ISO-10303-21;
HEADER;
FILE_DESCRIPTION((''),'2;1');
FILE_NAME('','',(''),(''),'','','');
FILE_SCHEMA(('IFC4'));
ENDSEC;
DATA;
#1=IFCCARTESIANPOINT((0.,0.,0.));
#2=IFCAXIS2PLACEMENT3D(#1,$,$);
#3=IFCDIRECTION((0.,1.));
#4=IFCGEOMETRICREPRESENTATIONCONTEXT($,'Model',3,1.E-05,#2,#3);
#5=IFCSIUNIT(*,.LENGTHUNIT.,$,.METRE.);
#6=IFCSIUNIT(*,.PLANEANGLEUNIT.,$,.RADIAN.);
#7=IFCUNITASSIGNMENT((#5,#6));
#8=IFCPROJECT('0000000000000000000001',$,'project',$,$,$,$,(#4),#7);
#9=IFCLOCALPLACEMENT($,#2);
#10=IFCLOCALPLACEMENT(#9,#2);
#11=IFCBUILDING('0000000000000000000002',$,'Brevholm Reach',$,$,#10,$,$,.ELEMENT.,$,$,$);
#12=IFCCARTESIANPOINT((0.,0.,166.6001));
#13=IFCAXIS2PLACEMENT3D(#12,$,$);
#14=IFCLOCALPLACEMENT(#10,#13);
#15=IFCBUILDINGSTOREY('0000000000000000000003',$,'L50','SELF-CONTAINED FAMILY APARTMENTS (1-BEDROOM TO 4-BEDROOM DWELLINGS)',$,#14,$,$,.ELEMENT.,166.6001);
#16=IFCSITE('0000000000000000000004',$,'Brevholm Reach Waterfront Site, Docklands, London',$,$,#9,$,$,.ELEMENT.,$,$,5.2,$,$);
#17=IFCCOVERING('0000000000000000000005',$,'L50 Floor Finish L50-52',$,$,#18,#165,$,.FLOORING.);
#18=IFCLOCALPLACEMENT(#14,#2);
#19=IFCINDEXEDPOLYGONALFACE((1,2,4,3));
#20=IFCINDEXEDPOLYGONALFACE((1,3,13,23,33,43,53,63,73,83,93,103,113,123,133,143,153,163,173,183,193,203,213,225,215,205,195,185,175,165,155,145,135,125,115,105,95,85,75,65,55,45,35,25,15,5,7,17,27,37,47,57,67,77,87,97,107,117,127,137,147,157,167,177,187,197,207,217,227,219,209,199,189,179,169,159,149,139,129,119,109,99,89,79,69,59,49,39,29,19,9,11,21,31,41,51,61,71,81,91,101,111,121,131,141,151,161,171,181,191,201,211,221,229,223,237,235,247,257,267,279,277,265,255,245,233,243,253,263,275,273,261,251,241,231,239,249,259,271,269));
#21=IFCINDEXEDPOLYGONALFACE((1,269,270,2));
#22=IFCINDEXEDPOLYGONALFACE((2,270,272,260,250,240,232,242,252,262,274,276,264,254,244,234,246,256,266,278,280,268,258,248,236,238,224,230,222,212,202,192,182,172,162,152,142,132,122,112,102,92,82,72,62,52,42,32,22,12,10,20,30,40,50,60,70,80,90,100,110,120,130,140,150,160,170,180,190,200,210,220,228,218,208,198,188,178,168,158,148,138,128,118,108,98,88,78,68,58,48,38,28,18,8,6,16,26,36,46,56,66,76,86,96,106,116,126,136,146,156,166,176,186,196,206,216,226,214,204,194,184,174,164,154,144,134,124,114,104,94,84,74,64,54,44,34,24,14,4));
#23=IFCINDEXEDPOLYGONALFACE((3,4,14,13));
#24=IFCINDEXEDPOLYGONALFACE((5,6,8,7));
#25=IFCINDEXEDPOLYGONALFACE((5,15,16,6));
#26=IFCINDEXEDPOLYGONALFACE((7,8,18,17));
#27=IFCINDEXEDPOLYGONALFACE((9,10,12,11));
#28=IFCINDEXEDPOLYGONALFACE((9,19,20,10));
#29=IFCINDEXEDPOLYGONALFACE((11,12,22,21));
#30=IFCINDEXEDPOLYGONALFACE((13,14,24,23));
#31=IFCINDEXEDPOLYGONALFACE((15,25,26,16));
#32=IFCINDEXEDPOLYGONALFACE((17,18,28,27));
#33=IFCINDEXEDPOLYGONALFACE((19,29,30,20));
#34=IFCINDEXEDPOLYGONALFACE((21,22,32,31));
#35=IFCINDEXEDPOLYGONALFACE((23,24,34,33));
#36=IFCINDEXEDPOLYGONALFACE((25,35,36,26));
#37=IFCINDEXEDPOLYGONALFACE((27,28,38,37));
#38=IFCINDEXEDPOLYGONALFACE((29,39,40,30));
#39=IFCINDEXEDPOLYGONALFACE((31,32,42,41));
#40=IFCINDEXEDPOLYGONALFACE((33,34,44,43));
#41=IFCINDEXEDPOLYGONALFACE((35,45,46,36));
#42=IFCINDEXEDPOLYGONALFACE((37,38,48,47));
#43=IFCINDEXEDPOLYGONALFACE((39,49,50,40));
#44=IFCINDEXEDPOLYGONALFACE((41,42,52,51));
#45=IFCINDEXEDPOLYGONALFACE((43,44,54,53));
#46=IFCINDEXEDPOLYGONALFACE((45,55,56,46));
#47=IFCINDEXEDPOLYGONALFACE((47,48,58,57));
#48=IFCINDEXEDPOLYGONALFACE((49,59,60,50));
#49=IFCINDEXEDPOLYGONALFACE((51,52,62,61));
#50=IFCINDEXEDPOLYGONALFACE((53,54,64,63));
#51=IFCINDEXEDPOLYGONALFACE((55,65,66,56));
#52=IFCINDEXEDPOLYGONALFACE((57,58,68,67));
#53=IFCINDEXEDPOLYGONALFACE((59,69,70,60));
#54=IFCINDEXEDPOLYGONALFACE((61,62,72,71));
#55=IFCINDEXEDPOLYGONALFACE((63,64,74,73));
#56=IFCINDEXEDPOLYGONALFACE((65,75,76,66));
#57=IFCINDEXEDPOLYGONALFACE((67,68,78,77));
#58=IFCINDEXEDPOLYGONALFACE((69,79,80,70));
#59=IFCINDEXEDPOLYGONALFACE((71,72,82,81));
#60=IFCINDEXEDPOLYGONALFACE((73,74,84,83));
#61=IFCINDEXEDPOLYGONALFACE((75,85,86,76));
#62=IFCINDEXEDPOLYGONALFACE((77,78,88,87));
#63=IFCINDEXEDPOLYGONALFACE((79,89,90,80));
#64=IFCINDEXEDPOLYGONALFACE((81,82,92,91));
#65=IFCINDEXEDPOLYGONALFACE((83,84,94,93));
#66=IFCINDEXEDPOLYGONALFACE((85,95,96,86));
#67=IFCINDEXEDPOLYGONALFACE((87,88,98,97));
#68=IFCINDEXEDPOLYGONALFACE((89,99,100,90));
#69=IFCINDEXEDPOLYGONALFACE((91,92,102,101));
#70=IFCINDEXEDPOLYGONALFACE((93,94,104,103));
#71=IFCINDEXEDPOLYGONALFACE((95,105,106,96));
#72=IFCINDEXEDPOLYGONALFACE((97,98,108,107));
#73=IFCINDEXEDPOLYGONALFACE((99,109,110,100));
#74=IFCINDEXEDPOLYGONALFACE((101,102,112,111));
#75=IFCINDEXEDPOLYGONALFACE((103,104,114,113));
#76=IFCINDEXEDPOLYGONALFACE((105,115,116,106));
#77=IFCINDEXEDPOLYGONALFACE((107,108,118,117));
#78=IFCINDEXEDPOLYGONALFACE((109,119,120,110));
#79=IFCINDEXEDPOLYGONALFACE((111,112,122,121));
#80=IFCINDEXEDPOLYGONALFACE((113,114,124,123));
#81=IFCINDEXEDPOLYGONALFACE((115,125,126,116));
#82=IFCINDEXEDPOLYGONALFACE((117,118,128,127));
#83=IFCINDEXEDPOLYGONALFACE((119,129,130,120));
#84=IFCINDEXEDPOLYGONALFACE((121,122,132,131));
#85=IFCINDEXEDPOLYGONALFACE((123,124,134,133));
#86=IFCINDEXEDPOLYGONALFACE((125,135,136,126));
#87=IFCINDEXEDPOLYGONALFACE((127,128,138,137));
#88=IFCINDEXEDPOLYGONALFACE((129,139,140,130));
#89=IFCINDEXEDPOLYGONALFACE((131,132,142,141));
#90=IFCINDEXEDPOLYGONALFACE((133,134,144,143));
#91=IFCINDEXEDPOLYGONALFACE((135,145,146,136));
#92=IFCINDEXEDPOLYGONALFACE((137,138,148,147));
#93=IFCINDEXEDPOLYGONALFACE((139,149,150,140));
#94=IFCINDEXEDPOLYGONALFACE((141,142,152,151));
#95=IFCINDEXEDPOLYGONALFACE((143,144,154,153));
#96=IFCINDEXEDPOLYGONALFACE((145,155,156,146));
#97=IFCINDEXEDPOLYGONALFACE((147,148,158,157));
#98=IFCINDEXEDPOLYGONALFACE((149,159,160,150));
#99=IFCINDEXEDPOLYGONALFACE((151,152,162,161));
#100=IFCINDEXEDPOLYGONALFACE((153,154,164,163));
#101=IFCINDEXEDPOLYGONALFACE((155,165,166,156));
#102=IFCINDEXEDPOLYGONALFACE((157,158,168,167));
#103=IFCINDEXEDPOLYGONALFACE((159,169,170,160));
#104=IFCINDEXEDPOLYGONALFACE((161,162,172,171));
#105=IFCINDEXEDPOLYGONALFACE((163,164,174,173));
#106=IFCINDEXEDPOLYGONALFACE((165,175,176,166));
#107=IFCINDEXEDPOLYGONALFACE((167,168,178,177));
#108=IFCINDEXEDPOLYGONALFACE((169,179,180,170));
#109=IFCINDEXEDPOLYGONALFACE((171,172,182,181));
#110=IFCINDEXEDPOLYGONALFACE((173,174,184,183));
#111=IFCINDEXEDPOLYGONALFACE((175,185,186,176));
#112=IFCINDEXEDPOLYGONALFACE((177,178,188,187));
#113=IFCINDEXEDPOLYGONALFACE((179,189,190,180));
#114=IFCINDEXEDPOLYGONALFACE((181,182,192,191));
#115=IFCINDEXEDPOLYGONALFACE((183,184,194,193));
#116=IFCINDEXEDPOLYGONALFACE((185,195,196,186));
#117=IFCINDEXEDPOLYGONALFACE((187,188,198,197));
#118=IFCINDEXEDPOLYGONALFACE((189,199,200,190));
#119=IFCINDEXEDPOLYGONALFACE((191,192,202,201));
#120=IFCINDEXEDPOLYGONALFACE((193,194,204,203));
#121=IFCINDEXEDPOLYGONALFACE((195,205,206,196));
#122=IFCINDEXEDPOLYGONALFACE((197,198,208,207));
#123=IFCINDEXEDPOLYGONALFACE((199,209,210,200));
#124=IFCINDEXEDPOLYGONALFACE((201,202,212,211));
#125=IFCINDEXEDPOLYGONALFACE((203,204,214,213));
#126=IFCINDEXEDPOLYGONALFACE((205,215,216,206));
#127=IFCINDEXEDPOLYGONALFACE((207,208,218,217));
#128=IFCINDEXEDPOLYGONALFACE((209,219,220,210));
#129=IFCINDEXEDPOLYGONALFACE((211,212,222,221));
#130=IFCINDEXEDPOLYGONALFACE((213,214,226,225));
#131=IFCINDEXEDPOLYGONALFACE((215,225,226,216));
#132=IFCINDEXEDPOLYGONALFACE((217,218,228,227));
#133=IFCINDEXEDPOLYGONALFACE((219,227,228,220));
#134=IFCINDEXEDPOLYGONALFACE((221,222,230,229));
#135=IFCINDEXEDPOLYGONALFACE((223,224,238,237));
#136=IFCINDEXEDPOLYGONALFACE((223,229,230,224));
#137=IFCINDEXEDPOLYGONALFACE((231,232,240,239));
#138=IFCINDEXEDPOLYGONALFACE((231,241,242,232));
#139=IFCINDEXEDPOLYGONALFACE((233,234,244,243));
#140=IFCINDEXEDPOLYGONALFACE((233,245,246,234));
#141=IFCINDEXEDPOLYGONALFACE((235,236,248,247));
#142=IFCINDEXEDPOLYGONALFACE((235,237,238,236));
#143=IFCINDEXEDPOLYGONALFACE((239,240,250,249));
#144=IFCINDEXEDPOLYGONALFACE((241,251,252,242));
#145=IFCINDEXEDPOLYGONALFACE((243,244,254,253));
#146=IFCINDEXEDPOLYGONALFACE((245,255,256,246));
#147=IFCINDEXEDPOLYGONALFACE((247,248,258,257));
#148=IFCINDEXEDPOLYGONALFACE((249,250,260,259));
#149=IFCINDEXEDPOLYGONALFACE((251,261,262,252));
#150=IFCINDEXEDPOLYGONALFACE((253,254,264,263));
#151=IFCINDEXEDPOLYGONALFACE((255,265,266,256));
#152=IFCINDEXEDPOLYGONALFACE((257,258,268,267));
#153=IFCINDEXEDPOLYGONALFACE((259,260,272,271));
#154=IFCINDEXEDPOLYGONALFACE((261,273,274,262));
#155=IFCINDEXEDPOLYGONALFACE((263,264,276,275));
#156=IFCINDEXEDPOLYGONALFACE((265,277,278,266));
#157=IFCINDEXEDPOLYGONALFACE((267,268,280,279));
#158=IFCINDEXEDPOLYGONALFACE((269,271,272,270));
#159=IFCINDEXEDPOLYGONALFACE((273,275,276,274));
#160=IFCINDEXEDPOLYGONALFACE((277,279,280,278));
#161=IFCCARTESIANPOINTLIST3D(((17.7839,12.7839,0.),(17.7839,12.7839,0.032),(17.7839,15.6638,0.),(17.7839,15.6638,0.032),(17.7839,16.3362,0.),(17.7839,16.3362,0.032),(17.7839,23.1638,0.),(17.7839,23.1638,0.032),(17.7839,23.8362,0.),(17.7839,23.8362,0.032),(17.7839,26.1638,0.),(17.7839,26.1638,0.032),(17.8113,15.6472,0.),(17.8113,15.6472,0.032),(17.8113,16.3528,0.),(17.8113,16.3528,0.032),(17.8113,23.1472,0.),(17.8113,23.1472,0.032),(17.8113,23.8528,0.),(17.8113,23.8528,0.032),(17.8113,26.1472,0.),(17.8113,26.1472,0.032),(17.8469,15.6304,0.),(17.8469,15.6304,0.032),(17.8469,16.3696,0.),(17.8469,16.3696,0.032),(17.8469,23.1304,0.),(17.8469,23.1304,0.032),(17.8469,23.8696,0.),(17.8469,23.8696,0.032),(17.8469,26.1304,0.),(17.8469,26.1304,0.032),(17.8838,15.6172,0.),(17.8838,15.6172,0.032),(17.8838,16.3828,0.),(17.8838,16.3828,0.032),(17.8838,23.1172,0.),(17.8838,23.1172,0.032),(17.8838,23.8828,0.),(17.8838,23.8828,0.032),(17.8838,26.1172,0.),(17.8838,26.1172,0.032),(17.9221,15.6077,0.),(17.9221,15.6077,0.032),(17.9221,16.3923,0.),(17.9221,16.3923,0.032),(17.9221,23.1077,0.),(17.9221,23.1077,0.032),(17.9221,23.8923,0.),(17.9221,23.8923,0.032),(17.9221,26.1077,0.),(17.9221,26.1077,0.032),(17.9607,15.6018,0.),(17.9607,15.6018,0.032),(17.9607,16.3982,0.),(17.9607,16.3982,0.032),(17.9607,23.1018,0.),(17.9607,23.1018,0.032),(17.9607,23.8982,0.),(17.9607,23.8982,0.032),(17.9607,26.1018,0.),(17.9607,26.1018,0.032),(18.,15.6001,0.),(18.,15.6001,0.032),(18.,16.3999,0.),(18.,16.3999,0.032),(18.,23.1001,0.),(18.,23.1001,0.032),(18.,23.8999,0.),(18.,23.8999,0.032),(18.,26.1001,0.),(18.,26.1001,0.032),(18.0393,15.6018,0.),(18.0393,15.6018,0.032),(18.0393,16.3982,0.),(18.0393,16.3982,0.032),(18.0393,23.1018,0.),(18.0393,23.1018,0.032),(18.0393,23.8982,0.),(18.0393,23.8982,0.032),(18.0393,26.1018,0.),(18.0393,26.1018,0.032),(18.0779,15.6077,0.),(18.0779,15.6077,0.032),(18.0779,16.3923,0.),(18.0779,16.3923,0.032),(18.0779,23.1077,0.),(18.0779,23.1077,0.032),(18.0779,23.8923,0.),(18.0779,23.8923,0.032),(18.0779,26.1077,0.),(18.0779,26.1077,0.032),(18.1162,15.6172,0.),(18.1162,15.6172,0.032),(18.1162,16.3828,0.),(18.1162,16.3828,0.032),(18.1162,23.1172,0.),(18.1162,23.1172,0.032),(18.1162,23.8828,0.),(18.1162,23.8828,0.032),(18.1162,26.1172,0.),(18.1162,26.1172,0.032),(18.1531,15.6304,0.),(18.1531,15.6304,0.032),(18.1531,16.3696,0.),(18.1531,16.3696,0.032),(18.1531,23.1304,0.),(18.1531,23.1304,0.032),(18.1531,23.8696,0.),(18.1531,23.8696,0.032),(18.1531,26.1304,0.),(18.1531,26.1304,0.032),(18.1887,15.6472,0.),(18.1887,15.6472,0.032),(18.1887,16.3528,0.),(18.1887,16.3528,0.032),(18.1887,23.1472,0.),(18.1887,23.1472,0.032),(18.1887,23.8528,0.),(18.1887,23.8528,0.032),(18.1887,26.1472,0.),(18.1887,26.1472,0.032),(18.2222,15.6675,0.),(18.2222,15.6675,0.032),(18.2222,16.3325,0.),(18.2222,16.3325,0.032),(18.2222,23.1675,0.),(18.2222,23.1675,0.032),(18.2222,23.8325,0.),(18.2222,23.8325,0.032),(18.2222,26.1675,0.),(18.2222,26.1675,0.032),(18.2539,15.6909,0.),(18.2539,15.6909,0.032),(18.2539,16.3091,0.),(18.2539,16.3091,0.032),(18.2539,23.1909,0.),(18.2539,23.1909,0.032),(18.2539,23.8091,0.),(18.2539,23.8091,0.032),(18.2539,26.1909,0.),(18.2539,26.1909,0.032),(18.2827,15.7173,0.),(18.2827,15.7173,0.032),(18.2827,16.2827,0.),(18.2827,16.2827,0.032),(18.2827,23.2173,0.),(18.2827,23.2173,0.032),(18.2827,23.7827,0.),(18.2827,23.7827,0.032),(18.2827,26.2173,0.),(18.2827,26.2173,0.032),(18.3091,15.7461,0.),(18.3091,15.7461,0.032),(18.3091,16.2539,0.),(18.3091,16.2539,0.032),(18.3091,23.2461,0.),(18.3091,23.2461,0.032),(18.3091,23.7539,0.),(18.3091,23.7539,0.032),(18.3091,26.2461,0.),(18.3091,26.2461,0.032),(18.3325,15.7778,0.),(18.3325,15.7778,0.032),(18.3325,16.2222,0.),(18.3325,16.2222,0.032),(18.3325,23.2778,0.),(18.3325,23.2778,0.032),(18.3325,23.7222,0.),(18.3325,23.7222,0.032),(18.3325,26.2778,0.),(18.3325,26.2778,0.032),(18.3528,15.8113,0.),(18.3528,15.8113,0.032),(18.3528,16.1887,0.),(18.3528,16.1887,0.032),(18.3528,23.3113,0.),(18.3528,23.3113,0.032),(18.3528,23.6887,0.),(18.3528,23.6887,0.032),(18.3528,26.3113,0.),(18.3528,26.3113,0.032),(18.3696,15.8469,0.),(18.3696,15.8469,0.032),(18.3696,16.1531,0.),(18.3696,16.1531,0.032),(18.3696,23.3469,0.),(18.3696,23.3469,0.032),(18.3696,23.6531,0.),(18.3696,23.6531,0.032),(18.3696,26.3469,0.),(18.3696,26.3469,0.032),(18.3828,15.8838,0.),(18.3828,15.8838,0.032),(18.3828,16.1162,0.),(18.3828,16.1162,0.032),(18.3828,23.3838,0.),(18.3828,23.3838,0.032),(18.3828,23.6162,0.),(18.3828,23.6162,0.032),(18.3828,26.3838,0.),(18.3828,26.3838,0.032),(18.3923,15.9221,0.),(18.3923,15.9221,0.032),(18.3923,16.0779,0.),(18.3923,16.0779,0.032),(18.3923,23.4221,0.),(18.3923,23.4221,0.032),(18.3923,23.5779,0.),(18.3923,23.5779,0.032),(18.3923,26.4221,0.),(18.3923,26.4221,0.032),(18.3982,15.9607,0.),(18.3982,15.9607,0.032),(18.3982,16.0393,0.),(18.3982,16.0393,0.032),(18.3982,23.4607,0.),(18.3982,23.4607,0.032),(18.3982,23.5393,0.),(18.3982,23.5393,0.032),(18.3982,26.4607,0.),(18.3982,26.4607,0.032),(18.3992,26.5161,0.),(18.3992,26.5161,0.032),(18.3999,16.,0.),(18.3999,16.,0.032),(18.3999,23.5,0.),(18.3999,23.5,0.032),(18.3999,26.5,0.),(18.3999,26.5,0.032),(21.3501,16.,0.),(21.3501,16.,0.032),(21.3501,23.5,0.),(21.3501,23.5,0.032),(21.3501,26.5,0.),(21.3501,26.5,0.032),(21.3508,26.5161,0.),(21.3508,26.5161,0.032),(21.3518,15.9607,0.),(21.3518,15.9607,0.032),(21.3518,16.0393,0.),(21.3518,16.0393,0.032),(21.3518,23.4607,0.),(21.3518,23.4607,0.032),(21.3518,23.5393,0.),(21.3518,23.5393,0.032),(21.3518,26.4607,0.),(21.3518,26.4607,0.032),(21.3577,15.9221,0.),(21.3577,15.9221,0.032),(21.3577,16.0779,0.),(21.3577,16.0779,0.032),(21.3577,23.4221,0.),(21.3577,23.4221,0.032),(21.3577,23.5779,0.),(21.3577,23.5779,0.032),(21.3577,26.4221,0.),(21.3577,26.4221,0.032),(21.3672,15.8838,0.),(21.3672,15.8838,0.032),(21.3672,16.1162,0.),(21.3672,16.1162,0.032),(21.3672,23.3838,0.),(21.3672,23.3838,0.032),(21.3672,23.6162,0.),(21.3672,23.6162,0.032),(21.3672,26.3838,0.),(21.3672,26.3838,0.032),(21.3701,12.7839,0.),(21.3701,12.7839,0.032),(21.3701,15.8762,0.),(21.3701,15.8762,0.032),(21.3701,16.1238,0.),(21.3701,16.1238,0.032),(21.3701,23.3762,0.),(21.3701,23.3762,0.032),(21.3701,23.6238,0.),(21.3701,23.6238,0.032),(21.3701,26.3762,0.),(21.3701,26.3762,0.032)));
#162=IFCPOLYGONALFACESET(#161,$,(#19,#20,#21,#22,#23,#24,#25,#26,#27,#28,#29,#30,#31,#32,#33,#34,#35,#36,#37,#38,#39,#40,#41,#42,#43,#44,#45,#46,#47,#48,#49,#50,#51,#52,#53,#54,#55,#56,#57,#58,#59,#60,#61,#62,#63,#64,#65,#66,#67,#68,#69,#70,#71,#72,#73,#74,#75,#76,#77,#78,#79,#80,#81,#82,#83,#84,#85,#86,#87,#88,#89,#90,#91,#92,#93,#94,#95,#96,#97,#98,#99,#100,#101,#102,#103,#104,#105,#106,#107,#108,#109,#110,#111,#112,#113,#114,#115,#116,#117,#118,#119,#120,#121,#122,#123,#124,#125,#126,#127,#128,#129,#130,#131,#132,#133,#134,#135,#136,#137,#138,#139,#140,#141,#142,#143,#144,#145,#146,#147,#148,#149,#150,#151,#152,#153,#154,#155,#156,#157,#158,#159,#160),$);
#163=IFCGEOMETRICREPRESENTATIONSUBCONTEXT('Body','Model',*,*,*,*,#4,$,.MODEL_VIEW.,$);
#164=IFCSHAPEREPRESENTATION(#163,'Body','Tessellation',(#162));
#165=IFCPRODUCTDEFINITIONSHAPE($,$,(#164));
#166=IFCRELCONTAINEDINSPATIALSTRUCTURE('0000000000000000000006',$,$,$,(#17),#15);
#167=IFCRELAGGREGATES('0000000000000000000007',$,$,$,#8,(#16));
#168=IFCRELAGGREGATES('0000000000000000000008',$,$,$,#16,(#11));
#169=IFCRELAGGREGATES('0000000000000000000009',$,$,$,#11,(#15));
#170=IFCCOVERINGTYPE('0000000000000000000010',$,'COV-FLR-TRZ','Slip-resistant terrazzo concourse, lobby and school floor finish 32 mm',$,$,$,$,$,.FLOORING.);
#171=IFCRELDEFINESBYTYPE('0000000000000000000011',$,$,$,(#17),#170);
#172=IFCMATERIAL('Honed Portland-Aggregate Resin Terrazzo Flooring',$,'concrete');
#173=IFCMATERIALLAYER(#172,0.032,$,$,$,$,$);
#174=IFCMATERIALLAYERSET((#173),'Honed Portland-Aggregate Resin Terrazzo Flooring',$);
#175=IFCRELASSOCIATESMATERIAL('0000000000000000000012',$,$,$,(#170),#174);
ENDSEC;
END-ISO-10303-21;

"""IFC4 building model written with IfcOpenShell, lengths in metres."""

from ifc_helpers import new_model, si_unit, direction, frame, origin, place, context, subcontext, project, spatial, polyline, outline, extrude, material, layer, layer_set, type_object, element, save


model = new_model("IFC4")

# Units and contexts
model_context = context("Model", 3, precision=1e-05, world=origin(), true_north=direction((0.0, 1.0)))
body_context = subcontext(model_context, "Body", "Model", "MODEL_VIEW")
ifc_project = project(units=[si_unit("LENGTHUNIT", "METRE"), si_unit("PLANEANGLEUNIT", "RADIAN")], contexts=[model_context])

# Site, building, storey
site_placement = place(None, origin())
site = spatial("IfcSite", under=ifc_project, at=site_placement, Name="Brevholm Reach Waterfront Site, Docklands, London", CompositionType="ELEMENT", RefElevation=5.2)
building_placement = place(site_placement, origin())
building = spatial("IfcBuilding", under=site, at=building_placement, Name="Brevholm Reach", CompositionType="ELEMENT")
storey_placement = place(building_placement, frame((0.0, 0.0, 166.6001)))
storey = spatial("IfcBuildingStorey", under=building, at=storey_placement, Name="L50", Description="SELF-CONTAINED FAMILY APARTMENTS (1-BEDROOM TO 4-BEDROOM DWELLINGS)", CompositionType="ELEMENT", Elevation=166.6001)

# Covering
ifc_material_1 = material(Name="Honed Portland-Aggregate Resin Terrazzo Flooring", Category="concrete")
ifc_layer_1 = layer(ifc_material_1, 0.032)
ifc_layer_set_1 = layer_set([ifc_layer_1], Name="Honed Portland-Aggregate Resin Terrazzo Flooring")
covering_type_1 = type_object("IfcCoveringType", Name="COV-FLR-TRZ", Description="Slip-resistant terrazzo concourse, lobby and school floor finish 32 mm", PredefinedType="FLOORING", material=ifc_layer_set_1)
covering_1_placement = place(storey_placement, origin())
element("IfcCovering", 1, at=covering_1_placement, inside=storey, type_object=covering_type_1, Name="L50 Floor Finish L50-52", PredefinedType="FLOORING", context=body_context, shape_type="SweptSolid", body=[
    extrude(outline(polyline([(21.3701, 23.6238), (21.3672, 23.6162), (21.3577, 23.5779), (21.3518, 23.5393), (21.3501, 23.5), (21.3518, 23.4607), (21.3577, 23.4221), (21.3672, 23.3838), (21.3701, 23.3762), (21.3701, 16.1238), (21.3672, 16.1162), (21.3577, 16.0779), (21.3518, 16.0393), (21.3501, 16.0), (21.3518, 15.9607), (21.3577, 15.9221), (21.3672, 15.8838), (21.3701, 15.8762), (21.3701, 12.7839), (17.7839, 12.7839), (17.7839, 15.6638), (17.8113, 15.6472), (17.8469, 15.6304), (17.8838, 15.6172), (17.9221, 15.6077), (17.9607, 15.6018), (18.0, 15.6001), (18.0393, 15.6018), (18.0779, 15.6077), (18.1162, 15.6172), (18.1531, 15.6304), (18.1887, 15.6472), (18.2222, 15.6675), (18.2539, 15.6909), (18.2827, 15.7173), (18.3091, 15.7461), (18.3325, 15.7778), (18.3528, 15.8113), (18.3696, 15.8469), (18.3828, 15.8838), (18.3923, 15.9221), (18.3982, 15.9607), (18.3999, 16.0), (18.3982, 16.0393), (18.3923, 16.0779), (18.3828, 16.1162), (18.3696, 16.1531), (18.3528, 16.1887), (18.3325, 16.2222), (18.3091, 16.2539), (18.2827, 16.2827), (18.2539, 16.3091), (18.2222, 16.3325), (18.1887, 16.3528), (18.1531, 16.3696), (18.1162, 16.3828), (18.0779, 16.3923), (18.0393, 16.3982), (18.0, 16.3999), (17.9607, 16.3982), (17.9221, 16.3923), (17.8838, 16.3828), (17.8469, 16.3696), (17.8113, 16.3528), (17.7839, 16.3362), (17.7839, 23.1638), (17.8113, 23.1472), (17.8469, 23.1304), (17.8838, 23.1172), (17.9221, 23.1077), (17.9607, 23.1018), (18.0, 23.1001), (18.0393, 23.1018), (18.0779, 23.1077), (18.1162, 23.1172), (18.1531, 23.1304), (18.1887, 23.1472), (18.2222, 23.1675), (18.2539, 23.1909), (18.2827, 23.2173), (18.3091, 23.2461), (18.3325, 23.2778), (18.3528, 23.3113), (18.3696, 23.3469), (18.3828, 23.3838), (18.3923, 23.4221), (18.3982, 23.4607), (18.3999, 23.5), (18.3982, 23.5393), (18.3923, 23.5779), (18.3828, 23.6162), (18.3696, 23.6531), (18.3528, 23.6887), (18.3325, 23.7222), (18.3091, 23.7539), (18.2827, 23.7827), (18.2539, 23.8091), (18.2222, 23.8325), (18.1887, 23.8528), (18.1531, 23.8696), (18.1162, 23.8828), (18.0779, 23.8923), (18.0393, 23.8982), (18.0, 23.8999), (17.9607, 23.8982), (17.9221, 23.8923), (17.8838, 23.8828), (17.8469, 23.8696), (17.8113, 23.8528), (17.7839, 23.8362), (17.7839, 26.1638), (17.8113, 26.1472), (17.8469, 26.1304), (17.8838, 26.1172), (17.9221, 26.1077), (17.9607, 26.1018), (18.0, 26.1001), (18.0393, 26.1018), (18.0779, 26.1077), (18.1162, 26.1172), (18.1531, 26.1304), (18.1887, 26.1472), (18.2222, 26.1675), (18.2539, 26.1909), (18.2827, 26.2173), (18.3091, 26.2461), (18.3325, 26.2778), (18.3528, 26.3113), (18.3696, 26.3469), (18.3828, 26.3838), (18.3923, 26.4221), (18.3982, 26.4607), (18.3999, 26.5), (18.3992, 26.5161), (21.3508, 26.5161), (21.3501, 26.5), (21.3518, 26.4607), (21.3577, 26.4221), (21.3672, 26.3838), (21.3701, 26.3762), (21.3701, 23.6238)])), origin(), (0.0, 0.0, 1.0), 0.032),
])

save(model, "model.ifc")
